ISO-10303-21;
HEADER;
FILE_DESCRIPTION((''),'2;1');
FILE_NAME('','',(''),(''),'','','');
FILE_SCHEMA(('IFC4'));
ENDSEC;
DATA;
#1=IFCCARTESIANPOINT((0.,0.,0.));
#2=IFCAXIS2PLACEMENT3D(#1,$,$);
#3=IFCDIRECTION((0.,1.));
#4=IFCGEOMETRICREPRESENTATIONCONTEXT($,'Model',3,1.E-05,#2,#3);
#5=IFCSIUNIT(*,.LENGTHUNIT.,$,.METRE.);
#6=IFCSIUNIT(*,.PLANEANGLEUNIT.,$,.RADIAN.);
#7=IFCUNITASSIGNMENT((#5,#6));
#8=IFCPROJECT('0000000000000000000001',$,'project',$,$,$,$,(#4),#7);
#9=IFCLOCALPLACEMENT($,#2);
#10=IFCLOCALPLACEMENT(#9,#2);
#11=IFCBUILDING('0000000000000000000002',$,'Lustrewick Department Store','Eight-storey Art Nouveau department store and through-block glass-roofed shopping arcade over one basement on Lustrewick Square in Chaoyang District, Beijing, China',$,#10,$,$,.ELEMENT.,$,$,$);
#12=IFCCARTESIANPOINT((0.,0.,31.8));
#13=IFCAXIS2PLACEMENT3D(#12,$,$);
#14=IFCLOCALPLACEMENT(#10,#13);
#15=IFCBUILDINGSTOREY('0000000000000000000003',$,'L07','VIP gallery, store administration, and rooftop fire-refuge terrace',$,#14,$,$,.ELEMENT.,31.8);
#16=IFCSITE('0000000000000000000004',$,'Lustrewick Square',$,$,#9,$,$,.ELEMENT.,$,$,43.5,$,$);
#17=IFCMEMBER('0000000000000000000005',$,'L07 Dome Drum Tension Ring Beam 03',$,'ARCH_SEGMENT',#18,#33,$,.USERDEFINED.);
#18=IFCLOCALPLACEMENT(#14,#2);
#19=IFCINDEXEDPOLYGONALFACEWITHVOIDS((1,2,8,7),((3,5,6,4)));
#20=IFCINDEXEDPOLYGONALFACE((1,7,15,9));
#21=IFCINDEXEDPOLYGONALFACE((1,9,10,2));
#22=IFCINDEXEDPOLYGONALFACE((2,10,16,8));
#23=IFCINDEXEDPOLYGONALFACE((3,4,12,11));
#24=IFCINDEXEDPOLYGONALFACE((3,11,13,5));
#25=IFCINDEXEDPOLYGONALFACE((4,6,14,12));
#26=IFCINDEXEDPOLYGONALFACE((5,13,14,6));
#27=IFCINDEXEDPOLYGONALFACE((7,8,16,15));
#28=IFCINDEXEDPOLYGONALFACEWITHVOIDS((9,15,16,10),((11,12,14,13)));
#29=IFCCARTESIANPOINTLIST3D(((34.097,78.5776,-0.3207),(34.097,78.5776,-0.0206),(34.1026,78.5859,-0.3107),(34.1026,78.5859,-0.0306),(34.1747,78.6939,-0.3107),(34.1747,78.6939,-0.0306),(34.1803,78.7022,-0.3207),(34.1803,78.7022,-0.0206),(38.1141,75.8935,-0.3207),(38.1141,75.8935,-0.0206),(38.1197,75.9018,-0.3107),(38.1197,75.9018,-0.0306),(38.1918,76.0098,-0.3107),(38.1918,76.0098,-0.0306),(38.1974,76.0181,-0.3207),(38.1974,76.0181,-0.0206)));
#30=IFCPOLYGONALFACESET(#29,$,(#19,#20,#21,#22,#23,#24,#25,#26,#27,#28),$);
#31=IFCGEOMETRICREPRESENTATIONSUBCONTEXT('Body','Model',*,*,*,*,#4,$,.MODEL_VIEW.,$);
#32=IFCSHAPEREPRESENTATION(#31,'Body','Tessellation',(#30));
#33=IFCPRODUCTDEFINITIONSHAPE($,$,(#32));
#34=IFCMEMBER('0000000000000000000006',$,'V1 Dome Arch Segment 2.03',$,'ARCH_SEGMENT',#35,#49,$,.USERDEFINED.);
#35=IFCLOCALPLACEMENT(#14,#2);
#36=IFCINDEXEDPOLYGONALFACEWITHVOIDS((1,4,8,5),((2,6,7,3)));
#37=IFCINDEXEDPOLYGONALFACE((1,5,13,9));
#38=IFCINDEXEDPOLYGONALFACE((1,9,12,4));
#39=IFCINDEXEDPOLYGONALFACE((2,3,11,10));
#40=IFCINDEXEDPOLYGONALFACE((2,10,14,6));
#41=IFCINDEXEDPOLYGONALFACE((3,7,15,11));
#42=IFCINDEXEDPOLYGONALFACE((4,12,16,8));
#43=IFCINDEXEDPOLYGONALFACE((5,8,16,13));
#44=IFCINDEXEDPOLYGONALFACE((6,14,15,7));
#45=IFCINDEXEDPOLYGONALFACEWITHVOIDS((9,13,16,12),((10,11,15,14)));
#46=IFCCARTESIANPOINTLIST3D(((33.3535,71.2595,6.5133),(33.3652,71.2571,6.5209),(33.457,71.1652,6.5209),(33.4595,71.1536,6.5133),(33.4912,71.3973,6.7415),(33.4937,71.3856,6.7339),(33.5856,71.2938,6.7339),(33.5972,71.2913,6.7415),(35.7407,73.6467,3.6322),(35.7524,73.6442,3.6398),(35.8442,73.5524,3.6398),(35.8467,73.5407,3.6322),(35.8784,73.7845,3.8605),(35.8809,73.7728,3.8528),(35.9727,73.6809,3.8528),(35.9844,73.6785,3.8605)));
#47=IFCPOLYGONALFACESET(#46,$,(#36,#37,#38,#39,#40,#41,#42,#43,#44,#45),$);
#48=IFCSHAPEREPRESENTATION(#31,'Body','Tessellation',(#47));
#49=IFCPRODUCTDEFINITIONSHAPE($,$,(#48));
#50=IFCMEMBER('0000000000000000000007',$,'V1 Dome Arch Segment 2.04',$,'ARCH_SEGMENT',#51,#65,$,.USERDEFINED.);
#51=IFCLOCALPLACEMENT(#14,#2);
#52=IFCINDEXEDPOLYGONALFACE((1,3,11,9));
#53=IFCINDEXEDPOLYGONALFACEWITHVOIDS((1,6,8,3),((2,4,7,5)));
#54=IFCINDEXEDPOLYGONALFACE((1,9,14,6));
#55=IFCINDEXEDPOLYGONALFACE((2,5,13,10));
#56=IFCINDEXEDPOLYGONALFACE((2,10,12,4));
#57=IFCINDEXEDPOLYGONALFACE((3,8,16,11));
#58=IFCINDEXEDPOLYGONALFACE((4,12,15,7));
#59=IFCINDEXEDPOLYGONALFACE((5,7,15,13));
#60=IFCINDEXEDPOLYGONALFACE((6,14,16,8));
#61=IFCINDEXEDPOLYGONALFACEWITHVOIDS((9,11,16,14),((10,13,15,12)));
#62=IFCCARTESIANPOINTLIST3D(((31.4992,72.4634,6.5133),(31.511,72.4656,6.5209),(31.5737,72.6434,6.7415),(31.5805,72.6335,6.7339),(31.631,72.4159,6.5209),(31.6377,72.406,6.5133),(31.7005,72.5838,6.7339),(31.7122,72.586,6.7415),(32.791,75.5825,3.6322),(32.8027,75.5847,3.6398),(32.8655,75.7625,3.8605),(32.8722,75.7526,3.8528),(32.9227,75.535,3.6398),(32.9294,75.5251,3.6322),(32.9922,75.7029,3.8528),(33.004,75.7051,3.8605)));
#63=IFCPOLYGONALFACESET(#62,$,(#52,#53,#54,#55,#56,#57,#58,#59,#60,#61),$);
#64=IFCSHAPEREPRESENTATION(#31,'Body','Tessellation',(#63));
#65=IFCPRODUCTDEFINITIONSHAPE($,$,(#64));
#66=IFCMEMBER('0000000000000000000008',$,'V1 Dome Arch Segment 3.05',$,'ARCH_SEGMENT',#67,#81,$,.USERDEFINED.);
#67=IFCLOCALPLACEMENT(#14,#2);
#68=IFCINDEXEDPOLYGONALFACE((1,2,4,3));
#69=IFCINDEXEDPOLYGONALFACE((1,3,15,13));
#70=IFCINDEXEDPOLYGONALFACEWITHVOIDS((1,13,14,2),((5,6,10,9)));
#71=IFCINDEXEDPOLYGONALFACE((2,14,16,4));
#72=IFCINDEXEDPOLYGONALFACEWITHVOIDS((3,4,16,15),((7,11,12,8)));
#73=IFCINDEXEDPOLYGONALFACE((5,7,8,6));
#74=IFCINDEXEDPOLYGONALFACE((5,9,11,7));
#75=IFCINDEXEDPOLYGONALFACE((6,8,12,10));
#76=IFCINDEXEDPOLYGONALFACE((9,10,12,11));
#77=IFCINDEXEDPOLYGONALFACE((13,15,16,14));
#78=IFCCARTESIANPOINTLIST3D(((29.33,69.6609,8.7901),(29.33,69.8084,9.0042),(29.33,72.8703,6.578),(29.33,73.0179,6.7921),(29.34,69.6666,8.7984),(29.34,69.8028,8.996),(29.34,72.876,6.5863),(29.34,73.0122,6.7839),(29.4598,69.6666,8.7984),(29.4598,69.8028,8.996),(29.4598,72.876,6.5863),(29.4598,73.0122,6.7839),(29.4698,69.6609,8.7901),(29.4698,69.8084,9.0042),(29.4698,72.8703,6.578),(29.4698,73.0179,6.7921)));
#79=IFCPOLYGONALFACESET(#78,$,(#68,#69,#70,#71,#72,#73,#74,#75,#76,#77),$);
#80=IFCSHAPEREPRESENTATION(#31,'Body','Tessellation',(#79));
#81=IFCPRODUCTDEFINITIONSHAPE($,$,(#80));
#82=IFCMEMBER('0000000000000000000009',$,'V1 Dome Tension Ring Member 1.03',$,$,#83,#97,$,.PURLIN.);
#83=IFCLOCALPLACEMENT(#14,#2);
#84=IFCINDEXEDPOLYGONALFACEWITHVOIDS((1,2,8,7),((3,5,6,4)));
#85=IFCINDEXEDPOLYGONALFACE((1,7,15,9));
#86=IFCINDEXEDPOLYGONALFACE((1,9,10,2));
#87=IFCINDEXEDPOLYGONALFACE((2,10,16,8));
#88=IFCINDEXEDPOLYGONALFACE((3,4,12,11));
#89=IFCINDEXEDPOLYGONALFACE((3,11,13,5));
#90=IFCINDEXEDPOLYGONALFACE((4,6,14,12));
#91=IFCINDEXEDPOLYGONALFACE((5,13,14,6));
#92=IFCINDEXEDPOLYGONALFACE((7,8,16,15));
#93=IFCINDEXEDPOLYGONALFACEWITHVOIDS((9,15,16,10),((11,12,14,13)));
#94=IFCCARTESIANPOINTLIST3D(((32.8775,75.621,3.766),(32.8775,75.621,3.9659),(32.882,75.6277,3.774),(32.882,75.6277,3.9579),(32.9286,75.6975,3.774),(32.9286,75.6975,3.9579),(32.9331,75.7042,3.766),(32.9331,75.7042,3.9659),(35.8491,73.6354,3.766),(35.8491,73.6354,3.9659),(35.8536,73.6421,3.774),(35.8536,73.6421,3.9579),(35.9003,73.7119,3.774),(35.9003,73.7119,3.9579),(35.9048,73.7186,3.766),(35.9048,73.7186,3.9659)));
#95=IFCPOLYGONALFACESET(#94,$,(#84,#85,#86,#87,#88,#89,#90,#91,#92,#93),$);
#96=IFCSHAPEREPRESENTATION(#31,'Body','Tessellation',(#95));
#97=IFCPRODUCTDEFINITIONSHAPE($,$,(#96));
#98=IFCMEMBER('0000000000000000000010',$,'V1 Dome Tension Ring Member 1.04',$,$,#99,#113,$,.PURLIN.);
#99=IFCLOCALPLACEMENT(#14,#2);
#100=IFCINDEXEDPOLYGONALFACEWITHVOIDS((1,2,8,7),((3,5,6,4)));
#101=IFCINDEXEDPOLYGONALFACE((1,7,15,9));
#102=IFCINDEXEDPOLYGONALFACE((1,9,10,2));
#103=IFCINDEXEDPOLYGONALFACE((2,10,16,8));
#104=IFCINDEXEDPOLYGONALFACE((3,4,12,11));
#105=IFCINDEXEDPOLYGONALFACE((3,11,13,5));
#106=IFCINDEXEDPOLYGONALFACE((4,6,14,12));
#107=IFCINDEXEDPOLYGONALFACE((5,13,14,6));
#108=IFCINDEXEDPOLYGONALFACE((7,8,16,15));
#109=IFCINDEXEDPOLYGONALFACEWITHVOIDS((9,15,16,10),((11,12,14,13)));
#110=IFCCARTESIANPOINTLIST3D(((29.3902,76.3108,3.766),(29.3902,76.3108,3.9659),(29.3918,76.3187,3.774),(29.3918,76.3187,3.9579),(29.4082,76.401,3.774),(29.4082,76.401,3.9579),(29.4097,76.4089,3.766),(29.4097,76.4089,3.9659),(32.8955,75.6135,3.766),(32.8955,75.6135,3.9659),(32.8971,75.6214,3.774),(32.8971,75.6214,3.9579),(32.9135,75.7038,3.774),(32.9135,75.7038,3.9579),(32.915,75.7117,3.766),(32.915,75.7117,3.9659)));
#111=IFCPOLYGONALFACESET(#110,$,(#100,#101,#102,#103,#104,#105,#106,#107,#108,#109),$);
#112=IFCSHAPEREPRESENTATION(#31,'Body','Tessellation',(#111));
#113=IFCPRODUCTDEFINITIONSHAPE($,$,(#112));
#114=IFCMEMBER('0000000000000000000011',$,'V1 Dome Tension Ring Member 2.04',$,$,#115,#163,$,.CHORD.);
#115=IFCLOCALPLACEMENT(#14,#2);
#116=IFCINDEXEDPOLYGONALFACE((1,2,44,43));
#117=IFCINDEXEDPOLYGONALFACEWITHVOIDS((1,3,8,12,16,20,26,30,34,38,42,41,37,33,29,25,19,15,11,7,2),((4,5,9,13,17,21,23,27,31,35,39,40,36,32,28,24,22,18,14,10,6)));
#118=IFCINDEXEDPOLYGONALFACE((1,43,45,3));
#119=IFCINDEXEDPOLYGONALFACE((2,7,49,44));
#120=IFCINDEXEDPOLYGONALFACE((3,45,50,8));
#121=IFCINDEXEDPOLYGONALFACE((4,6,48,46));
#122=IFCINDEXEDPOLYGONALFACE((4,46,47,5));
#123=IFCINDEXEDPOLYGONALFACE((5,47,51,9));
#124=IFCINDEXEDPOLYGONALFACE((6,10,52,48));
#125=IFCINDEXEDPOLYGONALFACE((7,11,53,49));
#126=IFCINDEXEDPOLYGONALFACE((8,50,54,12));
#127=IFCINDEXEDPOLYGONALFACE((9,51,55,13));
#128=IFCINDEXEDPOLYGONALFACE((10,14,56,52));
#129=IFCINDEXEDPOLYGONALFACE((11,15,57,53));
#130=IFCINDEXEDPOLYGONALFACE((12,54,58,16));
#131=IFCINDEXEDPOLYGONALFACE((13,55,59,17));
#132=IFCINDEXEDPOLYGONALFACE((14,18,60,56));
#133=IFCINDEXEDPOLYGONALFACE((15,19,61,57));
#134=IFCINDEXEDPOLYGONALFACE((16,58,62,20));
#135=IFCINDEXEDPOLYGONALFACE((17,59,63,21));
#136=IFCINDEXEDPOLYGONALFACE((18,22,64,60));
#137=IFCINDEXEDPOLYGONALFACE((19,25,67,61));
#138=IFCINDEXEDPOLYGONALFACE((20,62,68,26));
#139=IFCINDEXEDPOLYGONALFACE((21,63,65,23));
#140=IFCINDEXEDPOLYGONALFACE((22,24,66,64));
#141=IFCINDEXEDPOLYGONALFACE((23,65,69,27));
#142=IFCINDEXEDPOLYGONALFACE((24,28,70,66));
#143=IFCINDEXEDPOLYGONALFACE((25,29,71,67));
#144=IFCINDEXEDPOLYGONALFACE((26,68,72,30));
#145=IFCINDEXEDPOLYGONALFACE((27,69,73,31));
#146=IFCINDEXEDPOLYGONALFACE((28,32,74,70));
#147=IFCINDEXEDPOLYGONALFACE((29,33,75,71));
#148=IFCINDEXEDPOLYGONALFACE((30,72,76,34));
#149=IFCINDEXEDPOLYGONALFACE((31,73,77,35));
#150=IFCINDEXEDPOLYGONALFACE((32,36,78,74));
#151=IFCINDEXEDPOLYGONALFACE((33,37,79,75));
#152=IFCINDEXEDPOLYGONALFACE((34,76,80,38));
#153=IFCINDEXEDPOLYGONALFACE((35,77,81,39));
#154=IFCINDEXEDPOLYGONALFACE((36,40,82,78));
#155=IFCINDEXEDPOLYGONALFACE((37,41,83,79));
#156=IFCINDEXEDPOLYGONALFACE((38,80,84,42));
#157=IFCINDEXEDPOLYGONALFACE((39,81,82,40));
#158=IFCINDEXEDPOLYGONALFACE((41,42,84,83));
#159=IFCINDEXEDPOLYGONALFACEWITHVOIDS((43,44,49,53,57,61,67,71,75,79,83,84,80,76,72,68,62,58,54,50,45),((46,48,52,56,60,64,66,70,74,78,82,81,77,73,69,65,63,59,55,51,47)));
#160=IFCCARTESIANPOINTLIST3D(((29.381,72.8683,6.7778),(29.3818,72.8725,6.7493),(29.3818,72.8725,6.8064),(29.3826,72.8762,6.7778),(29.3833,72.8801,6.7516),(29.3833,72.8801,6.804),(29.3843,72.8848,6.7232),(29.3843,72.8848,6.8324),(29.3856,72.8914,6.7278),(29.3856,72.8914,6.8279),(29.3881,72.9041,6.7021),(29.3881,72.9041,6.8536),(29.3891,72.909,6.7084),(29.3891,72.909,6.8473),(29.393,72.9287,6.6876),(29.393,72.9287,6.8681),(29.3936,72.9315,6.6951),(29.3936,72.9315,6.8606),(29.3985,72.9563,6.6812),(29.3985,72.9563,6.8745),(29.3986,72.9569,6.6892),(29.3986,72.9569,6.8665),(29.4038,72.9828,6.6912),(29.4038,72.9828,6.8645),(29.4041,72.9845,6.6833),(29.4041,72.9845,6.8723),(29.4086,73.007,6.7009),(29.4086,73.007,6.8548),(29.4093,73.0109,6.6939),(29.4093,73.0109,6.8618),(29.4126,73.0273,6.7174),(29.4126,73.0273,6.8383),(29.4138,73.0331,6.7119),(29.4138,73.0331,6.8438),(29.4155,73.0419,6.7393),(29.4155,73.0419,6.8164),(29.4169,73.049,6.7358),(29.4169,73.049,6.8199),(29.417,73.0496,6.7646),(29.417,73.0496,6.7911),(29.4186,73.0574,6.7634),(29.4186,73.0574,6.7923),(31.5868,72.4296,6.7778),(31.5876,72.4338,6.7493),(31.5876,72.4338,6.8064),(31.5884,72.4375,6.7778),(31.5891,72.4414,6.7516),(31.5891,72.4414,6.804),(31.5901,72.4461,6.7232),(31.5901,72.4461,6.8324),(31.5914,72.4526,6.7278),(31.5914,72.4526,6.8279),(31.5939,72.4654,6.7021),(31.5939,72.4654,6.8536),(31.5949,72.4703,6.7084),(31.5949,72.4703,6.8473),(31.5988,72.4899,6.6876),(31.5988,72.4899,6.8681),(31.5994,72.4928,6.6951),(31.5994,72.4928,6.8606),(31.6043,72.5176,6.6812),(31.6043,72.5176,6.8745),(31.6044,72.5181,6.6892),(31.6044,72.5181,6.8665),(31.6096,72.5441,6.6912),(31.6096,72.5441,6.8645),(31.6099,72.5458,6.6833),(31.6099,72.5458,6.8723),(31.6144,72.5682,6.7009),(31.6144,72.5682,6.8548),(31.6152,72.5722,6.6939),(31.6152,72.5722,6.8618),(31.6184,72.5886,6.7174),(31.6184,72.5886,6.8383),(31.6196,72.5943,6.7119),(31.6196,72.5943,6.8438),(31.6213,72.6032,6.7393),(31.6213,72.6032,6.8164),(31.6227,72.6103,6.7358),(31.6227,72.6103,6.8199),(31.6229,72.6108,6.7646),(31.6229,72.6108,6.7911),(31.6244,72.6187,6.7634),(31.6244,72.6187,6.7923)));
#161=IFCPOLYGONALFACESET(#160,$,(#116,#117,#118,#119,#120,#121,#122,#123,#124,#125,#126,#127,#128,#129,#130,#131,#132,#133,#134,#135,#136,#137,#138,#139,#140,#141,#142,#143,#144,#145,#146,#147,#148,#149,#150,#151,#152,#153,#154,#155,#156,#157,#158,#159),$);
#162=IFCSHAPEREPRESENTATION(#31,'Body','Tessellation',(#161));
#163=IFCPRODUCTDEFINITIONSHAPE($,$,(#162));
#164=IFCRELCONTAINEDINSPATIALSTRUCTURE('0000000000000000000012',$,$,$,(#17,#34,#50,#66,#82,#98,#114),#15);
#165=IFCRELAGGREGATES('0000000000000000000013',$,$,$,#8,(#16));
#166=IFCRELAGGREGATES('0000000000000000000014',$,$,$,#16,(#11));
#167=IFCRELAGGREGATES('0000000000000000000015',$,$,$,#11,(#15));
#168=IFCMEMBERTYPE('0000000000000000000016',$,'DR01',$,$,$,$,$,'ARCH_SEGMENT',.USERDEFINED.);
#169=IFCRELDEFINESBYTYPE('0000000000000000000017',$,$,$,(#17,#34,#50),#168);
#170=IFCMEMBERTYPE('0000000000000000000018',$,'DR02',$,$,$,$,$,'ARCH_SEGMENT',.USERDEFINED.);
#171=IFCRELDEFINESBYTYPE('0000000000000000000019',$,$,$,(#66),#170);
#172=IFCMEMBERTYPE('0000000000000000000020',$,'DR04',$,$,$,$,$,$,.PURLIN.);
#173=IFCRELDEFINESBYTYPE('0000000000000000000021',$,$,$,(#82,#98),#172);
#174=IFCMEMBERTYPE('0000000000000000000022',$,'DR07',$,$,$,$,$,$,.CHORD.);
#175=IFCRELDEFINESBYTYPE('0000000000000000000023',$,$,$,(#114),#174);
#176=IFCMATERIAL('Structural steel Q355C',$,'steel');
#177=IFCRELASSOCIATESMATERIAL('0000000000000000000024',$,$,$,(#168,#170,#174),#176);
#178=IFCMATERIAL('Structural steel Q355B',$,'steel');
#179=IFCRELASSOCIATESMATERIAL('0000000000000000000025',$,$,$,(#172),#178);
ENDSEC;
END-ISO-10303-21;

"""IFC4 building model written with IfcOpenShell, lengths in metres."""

from ifc_helpers import new_model, si_unit, direction, frame, origin, origin_2d, place, context, subcontext, project, spatial, hollow_rectangle, hollow_circle, extrude, material, material_profile, profile_set, type_object, element, save


model = new_model("IFC4")

# Units and contexts
model_context = context("Model", 3, precision=1e-05, world=origin(), true_north=direction((0.0, 1.0)))
body_context = subcontext(model_context, "Body", "Model", "MODEL_VIEW")
ifc_project = project(units=[si_unit("LENGTHUNIT", "METRE"), si_unit("PLANEANGLEUNIT", "RADIAN")], contexts=[model_context])

# Site, building, storey
site_placement = place(None, origin())
site = spatial("IfcSite", under=ifc_project, at=site_placement, Name="Lustrewick Square", CompositionType="ELEMENT", RefElevation=43.5)
building_placement = place(site_placement, origin())
building = spatial("IfcBuilding", under=site, at=building_placement, Name="Lustrewick Department Store", Description="Eight-storey Art Nouveau department store and through-block glass-roofed shopping arcade over one basement on Lustrewick Square in Chaoyang District, Beijing, China", CompositionType="ELEMENT")
storey_placement = place(building_placement, frame((0.0, 0.0, 31.8)))
storey = spatial("IfcBuildingStorey", under=building, at=storey_placement, Name="L07", Description="VIP gallery, store administration, and rooftop fire-refuge terrace", CompositionType="ELEMENT", Elevation=31.8)

# Members
ifc_material_1 = material(Name="Structural steel Q355C", Category="steel")
ifc_material_profile_1 = material_profile(ifc_material_1, hollow_rectangle(XDim=0.1499, YDim=0.3, WallThickness=0.01, at=origin_2d()), Name="RHS 300x150x10")
ifc_profile_set_1 = profile_set([ifc_material_profile_1], Name="Structural steel Q355C")
member_type_1 = type_object("IfcMemberType", Name="DR01", ElementType="ARCH_SEGMENT", PredefinedType="USERDEFINED", material=ifc_profile_set_1)
member_1_placement = place(storey_placement, frame((38.1558, 75.9558, -0.1707), z_axis=(-0.831475, 0.555563, 0.0), x_axis=(-0.555563, -0.831475, 0.0)))
element("IfcMember", 1, at=member_1_placement, inside=storey, type_object=member_type_1, Name="L07 Dome Drum Tension Ring Beam 03", ObjectType="ARCH_SEGMENT", PredefinedType="USERDEFINED", context=body_context, shape_type="SweptSolid", body=[
    extrude(hollow_rectangle(XDim=0.1499, YDim=0.3, WallThickness=0.01, at=origin_2d()), origin(), (0.0, 0.0, 1.0), 4.8313),
])
for number, where, z_axis, x_axis, name in (
    (2, (35.8625, 73.6626, 3.7463), (-0.537868, -0.537868, 0.64915), (0.707107, -0.707107, 0.0), "V1 Dome Arch Segment 2.03"),
    (3, (32.8975, 75.6438, 3.7463), (-0.291046, -0.70278, 0.649147), (0.923905, -0.382622, 0.0), "V1 Dome Arch Segment 2.04"),
):
    element("IfcMember", number, at=place(storey_placement, frame(where, z_axis=z_axis, x_axis=x_axis)), inside=storey, type_object=member_type_1, Name=name, ObjectType="ARCH_SEGMENT", PredefinedType="USERDEFINED", context=body_context, shape_type="SweptSolid", body=[
        extrude(hollow_rectangle(XDim=0.1499, YDim=0.3, WallThickness=0.01, at=origin_2d()), origin(), (0.0, 0.0, 1.0), 4.4382),
    ])
ifc_material_profile_2 = material_profile(ifc_material_1, hollow_rectangle(XDim=0.1399, YDim=0.26, WallThickness=0.01, at=origin_2d()), Name="RHS 260x140x10")
ifc_profile_set_2 = profile_set([ifc_material_profile_2], Name="Structural steel Q355C")
member_type_2 = type_object("IfcMemberType", Name="DR02", ElementType="ARCH_SEGMENT", PredefinedType="USERDEFINED", material=ifc_profile_set_2)
member_2_placement = place(storey_placement, frame((29.3999, 72.9441, 6.6851), z_axis=(0.0, -0.823365, 0.567512), x_axis=(1.0, 0.0, 0.0)))
element("IfcMember", 4, at=member_2_placement, inside=storey, type_object=member_type_2, Name="V1 Dome Arch Segment 3.05", ObjectType="ARCH_SEGMENT", PredefinedType="USERDEFINED", context=body_context, shape_type="SweptSolid", body=[
    extrude(hollow_rectangle(XDim=0.1399, YDim=0.26, WallThickness=0.01, at=origin_2d()), origin(), (0.0, 0.0, 1.0), 3.8979),
])
ifc_material_2 = material(Name="Structural steel Q355B", Category="steel")
ifc_material_profile_3 = material_profile(ifc_material_2, hollow_rectangle(XDim=0.1001, YDim=0.2, WallThickness=0.0081, at=origin_2d()), Name="RHS 200x100x8")
ifc_profile_set_3 = profile_set([ifc_material_profile_3], Name="Structural steel Q355B")
member_type_3 = type_object("IfcMemberType", Name="DR04", PredefinedType="PURLIN", material=ifc_profile_set_3)
for number, where, z_axis, x_axis, name in (
    (5, (35.877, 73.677, 3.866), (-0.831472, 0.555567, 0.0), (-0.555567, -0.831472, 0.0), "V1 Dome Tension Ring Member 1.03"),
    (6, (32.9053, 75.6626, 3.866), (-0.980785, 0.195091, 0.0), (-0.195091, -0.980785, 0.0), "V1 Dome Tension Ring Member 1.04"),
):
    element("IfcMember", number, at=place(storey_placement, frame(where, z_axis=z_axis, x_axis=x_axis)), inside=storey, type_object=member_type_3, Name=name, PredefinedType="PURLIN", context=body_context, shape_type="SweptSolid", body=[
        extrude(hollow_rectangle(XDim=0.1001, YDim=0.2, WallThickness=0.0081, at=origin_2d()), origin(), (0.0, 0.0, 1.0), 3.574),
    ])
ifc_material_profile_4 = material_profile(ifc_material_1, hollow_circle(Radius=0.0969, WallThickness=0.0081, at=origin_2d()), Name="CHS 194x8")
ifc_profile_set_4 = profile_set([ifc_material_profile_4], Name="Structural steel Q355C")
member_type_4 = type_object("IfcMemberType", Name="DR07", PredefinedType="CHORD", material=ifc_profile_set_4)
member_3_placement = place(storey_placement, frame((31.6057, 72.5247, 6.7778), z_axis=(-0.980789, 0.195072, 0.0), x_axis=(-0.195072, -0.980789, 0.0)))
element("IfcMember", 7, at=member_3_placement, inside=storey, type_object=member_type_4, Name="V1 Dome Tension Ring Member 2.04", PredefinedType="CHORD", context=body_context, shape_type="SweptSolid", body=[
    extrude(hollow_circle(Radius=0.0969, WallThickness=0.0081, at=origin_2d()), origin(), (0.0, 0.0, 1.0), 2.249),
])

save(model, "model.ifc")
